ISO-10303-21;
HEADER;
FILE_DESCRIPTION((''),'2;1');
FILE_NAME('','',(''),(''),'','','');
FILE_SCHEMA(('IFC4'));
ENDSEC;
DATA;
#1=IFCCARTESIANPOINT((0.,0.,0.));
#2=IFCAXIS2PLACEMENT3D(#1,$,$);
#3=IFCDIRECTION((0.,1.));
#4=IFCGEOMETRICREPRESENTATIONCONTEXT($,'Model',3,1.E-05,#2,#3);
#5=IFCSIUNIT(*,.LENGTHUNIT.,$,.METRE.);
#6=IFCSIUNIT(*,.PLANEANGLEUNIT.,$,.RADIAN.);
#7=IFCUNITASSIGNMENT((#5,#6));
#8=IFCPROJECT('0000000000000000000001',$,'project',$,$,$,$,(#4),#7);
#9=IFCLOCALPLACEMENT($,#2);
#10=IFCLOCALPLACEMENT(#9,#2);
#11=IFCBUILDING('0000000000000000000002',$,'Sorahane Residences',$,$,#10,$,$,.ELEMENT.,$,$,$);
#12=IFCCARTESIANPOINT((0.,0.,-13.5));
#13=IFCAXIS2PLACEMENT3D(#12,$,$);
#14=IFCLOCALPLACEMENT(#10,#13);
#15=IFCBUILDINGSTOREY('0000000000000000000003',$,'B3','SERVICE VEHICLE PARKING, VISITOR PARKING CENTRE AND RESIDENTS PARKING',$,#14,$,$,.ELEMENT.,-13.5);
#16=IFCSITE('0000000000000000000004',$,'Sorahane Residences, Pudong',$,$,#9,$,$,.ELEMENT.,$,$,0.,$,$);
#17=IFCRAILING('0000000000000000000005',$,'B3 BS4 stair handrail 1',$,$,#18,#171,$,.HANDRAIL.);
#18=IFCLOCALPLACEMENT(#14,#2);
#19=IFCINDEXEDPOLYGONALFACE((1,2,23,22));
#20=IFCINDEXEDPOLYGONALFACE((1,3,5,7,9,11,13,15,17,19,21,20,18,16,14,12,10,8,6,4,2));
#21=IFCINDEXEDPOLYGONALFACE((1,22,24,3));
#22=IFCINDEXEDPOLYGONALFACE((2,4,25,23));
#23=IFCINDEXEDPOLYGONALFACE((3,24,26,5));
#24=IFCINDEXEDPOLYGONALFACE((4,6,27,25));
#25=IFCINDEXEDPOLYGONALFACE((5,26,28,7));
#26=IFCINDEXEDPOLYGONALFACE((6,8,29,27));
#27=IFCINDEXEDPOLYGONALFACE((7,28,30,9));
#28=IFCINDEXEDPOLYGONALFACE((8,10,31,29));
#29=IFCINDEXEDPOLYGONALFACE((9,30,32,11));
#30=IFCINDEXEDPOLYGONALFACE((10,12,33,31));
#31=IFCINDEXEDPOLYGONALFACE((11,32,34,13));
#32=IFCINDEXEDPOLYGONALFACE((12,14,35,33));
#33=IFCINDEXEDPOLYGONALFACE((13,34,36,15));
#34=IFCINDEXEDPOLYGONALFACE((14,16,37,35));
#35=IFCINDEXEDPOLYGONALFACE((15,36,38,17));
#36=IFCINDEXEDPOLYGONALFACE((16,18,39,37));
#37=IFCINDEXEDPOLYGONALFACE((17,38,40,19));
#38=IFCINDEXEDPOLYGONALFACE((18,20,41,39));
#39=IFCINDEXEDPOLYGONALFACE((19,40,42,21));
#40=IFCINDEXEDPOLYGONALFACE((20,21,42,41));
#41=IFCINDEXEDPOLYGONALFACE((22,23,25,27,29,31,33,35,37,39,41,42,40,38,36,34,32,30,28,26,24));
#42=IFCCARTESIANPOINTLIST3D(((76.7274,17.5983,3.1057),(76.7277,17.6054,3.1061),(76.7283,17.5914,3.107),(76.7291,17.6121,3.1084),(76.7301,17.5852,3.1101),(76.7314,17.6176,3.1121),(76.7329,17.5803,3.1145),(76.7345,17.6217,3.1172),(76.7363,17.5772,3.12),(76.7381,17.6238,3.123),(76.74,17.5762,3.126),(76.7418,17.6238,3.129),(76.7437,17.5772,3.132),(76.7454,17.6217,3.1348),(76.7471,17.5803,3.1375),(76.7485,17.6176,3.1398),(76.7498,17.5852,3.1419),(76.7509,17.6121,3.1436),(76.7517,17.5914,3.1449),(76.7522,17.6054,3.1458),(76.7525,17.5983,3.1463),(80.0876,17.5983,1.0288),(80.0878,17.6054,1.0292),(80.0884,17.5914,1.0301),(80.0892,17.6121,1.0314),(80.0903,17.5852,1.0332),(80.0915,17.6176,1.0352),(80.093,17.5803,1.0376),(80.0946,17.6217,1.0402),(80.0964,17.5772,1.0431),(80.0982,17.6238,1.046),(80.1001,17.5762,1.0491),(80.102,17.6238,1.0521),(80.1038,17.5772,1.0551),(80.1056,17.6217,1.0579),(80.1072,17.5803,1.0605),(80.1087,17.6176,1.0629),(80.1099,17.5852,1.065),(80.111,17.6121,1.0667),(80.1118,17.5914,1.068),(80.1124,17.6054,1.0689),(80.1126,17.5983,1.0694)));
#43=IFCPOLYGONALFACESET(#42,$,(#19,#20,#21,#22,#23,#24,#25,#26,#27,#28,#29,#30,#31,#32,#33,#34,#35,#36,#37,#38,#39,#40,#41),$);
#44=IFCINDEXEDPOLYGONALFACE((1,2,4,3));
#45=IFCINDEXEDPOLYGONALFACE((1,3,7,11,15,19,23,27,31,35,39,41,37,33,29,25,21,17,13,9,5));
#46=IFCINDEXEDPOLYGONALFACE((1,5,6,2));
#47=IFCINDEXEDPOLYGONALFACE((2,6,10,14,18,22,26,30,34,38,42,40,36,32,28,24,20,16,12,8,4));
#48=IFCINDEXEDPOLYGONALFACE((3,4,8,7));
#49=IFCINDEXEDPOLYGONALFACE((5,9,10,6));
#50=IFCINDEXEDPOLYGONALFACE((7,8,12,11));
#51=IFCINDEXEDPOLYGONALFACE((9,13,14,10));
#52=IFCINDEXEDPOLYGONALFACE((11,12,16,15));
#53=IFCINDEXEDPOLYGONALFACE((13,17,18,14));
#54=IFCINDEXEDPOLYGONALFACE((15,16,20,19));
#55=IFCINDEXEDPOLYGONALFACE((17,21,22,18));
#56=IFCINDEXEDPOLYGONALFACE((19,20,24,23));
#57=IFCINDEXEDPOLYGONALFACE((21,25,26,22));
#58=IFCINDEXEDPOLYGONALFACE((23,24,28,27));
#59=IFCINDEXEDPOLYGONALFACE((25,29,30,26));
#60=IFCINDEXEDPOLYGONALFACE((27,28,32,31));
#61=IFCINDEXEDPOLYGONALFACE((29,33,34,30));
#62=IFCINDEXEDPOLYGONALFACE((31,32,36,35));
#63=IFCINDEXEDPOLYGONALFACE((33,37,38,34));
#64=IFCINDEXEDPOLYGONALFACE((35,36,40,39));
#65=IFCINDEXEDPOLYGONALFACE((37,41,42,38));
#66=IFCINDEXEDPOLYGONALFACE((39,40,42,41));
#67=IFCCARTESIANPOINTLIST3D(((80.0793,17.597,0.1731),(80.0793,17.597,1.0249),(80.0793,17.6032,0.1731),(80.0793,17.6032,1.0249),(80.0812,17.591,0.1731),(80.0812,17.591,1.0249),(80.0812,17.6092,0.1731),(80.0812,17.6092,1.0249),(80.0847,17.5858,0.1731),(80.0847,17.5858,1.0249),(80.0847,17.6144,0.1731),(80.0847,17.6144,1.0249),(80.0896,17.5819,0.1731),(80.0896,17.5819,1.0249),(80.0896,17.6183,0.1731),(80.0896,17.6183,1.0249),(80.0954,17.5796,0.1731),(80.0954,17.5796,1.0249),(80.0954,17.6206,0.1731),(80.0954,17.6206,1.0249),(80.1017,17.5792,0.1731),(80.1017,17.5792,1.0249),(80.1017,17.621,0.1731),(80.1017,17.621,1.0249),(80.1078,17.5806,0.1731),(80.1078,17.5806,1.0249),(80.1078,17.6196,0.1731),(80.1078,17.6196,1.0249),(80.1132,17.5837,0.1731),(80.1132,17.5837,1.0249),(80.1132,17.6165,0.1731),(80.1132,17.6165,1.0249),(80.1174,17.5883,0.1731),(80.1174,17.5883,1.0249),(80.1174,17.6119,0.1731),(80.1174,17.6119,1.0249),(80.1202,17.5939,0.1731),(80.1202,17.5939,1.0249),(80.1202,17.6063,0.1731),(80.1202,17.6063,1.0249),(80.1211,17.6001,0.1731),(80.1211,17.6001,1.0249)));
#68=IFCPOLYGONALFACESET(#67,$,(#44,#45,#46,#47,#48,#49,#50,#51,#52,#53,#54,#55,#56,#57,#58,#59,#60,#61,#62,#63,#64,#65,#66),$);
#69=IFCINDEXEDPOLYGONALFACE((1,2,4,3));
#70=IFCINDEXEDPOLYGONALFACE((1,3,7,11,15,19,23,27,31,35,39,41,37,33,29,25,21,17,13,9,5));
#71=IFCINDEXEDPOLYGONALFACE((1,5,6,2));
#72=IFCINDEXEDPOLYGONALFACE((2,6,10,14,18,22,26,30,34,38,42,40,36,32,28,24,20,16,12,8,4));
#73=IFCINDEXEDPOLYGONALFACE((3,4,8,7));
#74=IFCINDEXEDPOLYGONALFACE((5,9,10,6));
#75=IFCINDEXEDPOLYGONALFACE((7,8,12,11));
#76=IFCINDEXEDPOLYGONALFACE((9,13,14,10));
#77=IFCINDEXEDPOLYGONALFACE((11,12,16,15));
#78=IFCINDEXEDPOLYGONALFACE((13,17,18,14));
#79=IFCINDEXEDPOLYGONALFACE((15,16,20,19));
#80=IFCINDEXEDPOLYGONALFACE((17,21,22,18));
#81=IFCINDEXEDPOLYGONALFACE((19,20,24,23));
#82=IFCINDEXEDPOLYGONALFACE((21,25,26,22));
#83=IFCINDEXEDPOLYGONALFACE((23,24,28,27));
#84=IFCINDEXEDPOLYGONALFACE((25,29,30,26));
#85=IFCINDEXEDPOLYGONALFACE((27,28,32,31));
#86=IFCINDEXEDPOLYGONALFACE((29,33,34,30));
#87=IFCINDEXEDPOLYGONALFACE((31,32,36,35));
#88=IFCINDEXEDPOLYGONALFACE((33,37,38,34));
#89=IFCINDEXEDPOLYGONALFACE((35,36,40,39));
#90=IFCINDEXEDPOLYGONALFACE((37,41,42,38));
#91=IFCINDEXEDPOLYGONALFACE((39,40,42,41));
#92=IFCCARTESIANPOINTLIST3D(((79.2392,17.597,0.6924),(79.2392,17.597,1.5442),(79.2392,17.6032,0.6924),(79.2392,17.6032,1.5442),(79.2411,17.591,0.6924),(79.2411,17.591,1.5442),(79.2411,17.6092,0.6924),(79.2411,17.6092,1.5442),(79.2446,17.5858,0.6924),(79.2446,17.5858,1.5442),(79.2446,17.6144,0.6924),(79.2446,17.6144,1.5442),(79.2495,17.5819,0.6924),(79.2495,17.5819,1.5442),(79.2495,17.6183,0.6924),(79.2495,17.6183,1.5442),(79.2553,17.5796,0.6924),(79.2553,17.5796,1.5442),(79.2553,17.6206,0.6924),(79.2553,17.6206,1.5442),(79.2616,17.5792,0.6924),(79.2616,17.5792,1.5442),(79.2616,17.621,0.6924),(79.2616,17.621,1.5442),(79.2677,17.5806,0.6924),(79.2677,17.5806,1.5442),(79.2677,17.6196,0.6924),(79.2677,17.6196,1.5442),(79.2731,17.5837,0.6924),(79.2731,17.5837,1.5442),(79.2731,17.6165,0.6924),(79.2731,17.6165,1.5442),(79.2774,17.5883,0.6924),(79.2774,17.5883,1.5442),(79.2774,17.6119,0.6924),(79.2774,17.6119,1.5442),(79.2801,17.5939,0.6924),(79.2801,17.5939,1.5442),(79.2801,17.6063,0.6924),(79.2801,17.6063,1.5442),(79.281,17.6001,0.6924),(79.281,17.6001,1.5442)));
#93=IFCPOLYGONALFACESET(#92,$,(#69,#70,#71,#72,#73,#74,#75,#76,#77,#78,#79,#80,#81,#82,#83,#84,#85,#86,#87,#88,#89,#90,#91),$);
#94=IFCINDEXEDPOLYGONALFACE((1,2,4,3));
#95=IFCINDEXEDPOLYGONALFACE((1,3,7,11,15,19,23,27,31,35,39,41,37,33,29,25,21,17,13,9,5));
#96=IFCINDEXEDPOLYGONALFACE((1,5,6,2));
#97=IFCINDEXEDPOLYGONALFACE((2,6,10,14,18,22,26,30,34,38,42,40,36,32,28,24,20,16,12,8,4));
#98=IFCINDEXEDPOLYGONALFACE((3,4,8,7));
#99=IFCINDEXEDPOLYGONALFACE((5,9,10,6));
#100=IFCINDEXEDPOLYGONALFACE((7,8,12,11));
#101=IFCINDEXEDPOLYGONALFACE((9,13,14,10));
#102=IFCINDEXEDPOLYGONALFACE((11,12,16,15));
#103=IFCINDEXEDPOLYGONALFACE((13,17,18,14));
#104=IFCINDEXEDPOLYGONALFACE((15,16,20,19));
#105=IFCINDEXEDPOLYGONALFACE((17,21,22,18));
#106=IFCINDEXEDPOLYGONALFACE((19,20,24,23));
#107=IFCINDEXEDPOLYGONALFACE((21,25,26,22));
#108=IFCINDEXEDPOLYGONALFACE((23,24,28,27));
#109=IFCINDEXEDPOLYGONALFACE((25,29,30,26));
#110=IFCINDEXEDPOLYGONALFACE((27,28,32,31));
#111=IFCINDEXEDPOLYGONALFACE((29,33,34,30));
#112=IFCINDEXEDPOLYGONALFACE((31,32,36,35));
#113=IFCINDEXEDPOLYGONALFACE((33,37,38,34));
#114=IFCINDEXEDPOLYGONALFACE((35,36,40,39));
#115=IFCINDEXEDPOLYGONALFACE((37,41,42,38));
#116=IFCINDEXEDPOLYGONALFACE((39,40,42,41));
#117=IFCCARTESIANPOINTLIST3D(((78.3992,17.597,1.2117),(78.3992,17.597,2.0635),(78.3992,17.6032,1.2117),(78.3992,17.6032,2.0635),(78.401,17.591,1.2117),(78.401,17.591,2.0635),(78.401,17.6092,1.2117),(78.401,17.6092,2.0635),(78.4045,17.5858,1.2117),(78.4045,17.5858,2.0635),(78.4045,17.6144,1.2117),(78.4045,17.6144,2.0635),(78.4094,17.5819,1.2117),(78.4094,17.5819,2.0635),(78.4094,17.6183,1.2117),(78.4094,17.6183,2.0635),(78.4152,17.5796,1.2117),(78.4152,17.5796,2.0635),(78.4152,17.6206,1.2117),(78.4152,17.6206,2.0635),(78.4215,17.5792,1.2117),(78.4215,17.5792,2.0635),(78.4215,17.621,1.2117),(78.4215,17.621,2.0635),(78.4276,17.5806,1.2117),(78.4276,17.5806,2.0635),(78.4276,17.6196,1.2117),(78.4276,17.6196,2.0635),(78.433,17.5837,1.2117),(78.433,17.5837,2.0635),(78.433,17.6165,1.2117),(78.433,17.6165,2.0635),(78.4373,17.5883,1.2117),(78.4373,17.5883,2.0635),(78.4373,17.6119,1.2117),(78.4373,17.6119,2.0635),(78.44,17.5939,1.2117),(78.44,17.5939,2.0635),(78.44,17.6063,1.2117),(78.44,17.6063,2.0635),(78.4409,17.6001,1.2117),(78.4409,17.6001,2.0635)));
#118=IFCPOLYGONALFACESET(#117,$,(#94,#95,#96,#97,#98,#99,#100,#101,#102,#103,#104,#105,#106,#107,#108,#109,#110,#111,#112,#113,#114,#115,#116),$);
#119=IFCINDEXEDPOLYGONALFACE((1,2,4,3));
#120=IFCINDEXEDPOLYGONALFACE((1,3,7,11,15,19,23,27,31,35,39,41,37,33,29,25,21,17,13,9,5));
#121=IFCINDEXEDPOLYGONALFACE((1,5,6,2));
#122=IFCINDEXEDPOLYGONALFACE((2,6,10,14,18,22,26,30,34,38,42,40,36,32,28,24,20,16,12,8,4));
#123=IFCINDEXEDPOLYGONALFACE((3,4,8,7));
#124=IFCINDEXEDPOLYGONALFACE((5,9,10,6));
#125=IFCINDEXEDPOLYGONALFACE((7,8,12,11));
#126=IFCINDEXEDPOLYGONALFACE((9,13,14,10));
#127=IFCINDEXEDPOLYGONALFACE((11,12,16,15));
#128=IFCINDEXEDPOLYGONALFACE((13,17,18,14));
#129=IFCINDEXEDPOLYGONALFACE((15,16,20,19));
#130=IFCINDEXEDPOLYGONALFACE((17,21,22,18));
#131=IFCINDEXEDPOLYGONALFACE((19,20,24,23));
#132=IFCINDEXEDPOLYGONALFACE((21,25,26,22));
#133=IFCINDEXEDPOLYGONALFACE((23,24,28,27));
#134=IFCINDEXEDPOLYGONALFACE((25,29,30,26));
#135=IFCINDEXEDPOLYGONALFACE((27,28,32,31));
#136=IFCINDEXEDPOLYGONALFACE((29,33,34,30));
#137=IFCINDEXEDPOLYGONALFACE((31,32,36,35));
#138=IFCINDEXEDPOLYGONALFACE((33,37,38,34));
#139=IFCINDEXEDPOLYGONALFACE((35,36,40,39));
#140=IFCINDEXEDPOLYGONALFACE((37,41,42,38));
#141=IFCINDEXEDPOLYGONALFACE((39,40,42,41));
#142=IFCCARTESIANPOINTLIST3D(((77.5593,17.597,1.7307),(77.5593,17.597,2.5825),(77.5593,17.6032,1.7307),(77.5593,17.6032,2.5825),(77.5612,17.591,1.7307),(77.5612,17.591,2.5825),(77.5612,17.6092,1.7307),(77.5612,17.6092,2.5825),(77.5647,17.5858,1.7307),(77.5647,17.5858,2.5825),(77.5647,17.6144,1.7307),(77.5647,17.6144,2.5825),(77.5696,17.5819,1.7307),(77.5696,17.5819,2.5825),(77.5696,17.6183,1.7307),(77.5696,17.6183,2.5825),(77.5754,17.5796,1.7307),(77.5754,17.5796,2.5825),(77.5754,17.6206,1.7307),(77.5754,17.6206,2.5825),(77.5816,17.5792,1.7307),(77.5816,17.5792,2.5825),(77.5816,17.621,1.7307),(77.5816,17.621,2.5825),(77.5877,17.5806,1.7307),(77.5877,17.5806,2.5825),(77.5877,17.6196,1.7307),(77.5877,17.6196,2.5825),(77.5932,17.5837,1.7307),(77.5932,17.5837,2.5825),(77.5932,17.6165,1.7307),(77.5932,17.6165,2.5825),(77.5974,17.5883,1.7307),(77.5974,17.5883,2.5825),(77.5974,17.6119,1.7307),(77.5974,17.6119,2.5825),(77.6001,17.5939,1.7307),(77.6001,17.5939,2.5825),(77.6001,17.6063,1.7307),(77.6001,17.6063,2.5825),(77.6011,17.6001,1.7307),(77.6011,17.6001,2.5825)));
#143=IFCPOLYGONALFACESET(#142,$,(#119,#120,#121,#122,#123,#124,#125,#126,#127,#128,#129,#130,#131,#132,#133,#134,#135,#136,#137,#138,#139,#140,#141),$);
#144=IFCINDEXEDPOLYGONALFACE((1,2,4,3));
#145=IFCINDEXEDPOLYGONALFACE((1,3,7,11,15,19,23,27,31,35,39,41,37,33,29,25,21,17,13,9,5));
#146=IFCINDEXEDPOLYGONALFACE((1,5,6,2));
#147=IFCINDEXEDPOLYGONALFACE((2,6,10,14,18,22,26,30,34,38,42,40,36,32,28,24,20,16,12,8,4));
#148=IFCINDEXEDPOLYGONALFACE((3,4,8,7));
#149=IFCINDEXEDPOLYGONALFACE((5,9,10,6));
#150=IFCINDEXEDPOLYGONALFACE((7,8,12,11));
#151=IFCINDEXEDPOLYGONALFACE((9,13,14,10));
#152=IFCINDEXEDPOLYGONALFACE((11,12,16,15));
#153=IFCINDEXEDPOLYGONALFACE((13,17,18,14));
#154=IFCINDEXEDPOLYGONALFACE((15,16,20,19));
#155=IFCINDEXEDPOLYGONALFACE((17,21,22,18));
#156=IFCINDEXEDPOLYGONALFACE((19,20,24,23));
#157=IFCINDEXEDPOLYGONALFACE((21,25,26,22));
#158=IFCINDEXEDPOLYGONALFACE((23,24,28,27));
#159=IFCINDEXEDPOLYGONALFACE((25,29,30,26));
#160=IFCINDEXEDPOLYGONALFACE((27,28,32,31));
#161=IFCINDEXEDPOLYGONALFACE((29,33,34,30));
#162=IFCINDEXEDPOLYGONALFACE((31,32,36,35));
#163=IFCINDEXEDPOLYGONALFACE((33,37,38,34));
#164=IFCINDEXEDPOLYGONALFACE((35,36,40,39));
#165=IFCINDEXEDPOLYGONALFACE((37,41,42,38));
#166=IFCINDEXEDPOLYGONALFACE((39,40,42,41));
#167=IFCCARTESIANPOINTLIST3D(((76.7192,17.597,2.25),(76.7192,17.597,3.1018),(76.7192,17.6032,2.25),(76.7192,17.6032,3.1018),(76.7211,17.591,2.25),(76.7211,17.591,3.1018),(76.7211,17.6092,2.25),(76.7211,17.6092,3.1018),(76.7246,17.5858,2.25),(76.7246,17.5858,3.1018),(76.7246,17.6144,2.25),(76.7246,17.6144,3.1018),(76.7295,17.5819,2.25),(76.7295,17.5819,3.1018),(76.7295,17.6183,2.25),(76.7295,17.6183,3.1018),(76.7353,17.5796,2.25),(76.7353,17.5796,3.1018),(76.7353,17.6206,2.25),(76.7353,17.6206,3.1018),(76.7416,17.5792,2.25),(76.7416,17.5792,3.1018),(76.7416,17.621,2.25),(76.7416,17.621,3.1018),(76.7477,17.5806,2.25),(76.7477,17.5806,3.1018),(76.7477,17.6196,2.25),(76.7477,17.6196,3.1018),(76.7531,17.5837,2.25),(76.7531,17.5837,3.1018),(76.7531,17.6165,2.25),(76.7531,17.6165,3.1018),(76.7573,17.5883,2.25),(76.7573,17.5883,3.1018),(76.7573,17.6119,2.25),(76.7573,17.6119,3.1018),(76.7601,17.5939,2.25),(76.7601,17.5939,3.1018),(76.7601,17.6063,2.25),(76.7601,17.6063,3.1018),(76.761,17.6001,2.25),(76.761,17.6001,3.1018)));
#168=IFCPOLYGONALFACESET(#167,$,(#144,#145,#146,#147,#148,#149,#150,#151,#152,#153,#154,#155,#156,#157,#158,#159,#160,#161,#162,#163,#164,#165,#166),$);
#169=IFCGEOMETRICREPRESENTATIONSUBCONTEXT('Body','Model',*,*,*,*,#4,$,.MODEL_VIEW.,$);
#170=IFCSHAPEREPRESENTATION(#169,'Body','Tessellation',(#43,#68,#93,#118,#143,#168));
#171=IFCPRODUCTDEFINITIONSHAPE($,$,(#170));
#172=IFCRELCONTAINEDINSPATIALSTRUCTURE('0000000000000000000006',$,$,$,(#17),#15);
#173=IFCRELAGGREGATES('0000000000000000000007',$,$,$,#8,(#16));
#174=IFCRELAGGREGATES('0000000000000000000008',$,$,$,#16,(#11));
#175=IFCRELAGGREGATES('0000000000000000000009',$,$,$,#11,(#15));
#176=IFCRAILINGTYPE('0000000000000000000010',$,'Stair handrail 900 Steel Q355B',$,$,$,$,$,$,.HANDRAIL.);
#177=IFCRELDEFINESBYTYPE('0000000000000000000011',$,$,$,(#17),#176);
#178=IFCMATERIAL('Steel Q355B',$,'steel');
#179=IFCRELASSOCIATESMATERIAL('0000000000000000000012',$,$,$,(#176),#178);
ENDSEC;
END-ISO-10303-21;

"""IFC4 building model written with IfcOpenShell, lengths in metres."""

from ifc_helpers import new_model, si_unit, direction, frame, origin, origin_2d, place, context, subcontext, project, spatial, circle, extrude, material, type_object, element, save


model = new_model("IFC4")

# Units and contexts
model_context = context("Model", 3, precision=1e-05, world=origin(), true_north=direction((0.0, 1.0)))
body_context = subcontext(model_context, "Body", "Model", "MODEL_VIEW")
ifc_project = project(units=[si_unit("LENGTHUNIT", "METRE"), si_unit("PLANEANGLEUNIT", "RADIAN")], contexts=[model_context])

# Site, building, storey
site_placement = place(None, origin())
site = spatial("IfcSite", under=ifc_project, at=site_placement, Name="Sorahane Residences, Pudong", CompositionType="ELEMENT", RefElevation=0.0)
building_placement = place(site_placement, origin())
building = spatial("IfcBuilding", under=site, at=building_placement, Name="Sorahane Residences", CompositionType="ELEMENT")
storey_placement = place(building_placement, frame((0.0, 0.0, -13.5)))
storey = spatial("IfcBuildingStorey", under=building, at=storey_placement, Name="B3", Description="SERVICE VEHICLE PARKING, VISITOR PARKING CENTRE AND RESIDENTS PARKING", CompositionType="ELEMENT", Elevation=-13.5)

# Railing
ifc_material_1 = material(Name="Steel Q355B", Category="steel")
railing_type_1 = type_object("IfcRailingType", Name="Stair handrail 900 Steel Q355B", PredefinedType="HANDRAIL", material=ifc_material_1)
railing_1_placement = place(storey_placement, frame((80.1001, 17.6001, 0.1731)))
element("IfcRailing", 1, at=railing_1_placement, inside=storey, type_object=railing_type_1, Name="B3 BS4 stair handrail 1", PredefinedType="HANDRAIL", context=body_context, shape_type="SweptSolid", body=[
    extrude(circle(Radius=0.0239, at=origin_2d()), frame((0.0, 0.0, 0.876), z_axis=(-0.850623, 0.0, 0.525776), x_axis=(0.0, -1.0, 0.0)), (0.0, 0.0, 1.0), 3.9502),
    extrude(circle(Radius=0.021, at=origin_2d()), origin(), (0.0, 0.0, 1.0), 0.8518),
    extrude(circle(Radius=0.021, at=origin_2d()), frame((-0.8401, 0.0, 0.5193)), (0.0, 0.0, 1.0), 0.8518),
    extrude(circle(Radius=0.021, at=origin_2d()), frame((-1.6802, 0.0, 1.0386)), (0.0, 0.0, 1.0), 0.8518),
    extrude(circle(Radius=0.021, at=origin_2d()), frame((-2.52, 0.0, 1.5576)), (0.0, 0.0, 1.0), 0.8518),
    extrude(circle(Radius=0.021, at=origin_2d()), frame((-3.3601, 0.0, 2.0769)), (0.0, 0.0, 1.0), 0.8518),
])

save(model, "model.ifc")
